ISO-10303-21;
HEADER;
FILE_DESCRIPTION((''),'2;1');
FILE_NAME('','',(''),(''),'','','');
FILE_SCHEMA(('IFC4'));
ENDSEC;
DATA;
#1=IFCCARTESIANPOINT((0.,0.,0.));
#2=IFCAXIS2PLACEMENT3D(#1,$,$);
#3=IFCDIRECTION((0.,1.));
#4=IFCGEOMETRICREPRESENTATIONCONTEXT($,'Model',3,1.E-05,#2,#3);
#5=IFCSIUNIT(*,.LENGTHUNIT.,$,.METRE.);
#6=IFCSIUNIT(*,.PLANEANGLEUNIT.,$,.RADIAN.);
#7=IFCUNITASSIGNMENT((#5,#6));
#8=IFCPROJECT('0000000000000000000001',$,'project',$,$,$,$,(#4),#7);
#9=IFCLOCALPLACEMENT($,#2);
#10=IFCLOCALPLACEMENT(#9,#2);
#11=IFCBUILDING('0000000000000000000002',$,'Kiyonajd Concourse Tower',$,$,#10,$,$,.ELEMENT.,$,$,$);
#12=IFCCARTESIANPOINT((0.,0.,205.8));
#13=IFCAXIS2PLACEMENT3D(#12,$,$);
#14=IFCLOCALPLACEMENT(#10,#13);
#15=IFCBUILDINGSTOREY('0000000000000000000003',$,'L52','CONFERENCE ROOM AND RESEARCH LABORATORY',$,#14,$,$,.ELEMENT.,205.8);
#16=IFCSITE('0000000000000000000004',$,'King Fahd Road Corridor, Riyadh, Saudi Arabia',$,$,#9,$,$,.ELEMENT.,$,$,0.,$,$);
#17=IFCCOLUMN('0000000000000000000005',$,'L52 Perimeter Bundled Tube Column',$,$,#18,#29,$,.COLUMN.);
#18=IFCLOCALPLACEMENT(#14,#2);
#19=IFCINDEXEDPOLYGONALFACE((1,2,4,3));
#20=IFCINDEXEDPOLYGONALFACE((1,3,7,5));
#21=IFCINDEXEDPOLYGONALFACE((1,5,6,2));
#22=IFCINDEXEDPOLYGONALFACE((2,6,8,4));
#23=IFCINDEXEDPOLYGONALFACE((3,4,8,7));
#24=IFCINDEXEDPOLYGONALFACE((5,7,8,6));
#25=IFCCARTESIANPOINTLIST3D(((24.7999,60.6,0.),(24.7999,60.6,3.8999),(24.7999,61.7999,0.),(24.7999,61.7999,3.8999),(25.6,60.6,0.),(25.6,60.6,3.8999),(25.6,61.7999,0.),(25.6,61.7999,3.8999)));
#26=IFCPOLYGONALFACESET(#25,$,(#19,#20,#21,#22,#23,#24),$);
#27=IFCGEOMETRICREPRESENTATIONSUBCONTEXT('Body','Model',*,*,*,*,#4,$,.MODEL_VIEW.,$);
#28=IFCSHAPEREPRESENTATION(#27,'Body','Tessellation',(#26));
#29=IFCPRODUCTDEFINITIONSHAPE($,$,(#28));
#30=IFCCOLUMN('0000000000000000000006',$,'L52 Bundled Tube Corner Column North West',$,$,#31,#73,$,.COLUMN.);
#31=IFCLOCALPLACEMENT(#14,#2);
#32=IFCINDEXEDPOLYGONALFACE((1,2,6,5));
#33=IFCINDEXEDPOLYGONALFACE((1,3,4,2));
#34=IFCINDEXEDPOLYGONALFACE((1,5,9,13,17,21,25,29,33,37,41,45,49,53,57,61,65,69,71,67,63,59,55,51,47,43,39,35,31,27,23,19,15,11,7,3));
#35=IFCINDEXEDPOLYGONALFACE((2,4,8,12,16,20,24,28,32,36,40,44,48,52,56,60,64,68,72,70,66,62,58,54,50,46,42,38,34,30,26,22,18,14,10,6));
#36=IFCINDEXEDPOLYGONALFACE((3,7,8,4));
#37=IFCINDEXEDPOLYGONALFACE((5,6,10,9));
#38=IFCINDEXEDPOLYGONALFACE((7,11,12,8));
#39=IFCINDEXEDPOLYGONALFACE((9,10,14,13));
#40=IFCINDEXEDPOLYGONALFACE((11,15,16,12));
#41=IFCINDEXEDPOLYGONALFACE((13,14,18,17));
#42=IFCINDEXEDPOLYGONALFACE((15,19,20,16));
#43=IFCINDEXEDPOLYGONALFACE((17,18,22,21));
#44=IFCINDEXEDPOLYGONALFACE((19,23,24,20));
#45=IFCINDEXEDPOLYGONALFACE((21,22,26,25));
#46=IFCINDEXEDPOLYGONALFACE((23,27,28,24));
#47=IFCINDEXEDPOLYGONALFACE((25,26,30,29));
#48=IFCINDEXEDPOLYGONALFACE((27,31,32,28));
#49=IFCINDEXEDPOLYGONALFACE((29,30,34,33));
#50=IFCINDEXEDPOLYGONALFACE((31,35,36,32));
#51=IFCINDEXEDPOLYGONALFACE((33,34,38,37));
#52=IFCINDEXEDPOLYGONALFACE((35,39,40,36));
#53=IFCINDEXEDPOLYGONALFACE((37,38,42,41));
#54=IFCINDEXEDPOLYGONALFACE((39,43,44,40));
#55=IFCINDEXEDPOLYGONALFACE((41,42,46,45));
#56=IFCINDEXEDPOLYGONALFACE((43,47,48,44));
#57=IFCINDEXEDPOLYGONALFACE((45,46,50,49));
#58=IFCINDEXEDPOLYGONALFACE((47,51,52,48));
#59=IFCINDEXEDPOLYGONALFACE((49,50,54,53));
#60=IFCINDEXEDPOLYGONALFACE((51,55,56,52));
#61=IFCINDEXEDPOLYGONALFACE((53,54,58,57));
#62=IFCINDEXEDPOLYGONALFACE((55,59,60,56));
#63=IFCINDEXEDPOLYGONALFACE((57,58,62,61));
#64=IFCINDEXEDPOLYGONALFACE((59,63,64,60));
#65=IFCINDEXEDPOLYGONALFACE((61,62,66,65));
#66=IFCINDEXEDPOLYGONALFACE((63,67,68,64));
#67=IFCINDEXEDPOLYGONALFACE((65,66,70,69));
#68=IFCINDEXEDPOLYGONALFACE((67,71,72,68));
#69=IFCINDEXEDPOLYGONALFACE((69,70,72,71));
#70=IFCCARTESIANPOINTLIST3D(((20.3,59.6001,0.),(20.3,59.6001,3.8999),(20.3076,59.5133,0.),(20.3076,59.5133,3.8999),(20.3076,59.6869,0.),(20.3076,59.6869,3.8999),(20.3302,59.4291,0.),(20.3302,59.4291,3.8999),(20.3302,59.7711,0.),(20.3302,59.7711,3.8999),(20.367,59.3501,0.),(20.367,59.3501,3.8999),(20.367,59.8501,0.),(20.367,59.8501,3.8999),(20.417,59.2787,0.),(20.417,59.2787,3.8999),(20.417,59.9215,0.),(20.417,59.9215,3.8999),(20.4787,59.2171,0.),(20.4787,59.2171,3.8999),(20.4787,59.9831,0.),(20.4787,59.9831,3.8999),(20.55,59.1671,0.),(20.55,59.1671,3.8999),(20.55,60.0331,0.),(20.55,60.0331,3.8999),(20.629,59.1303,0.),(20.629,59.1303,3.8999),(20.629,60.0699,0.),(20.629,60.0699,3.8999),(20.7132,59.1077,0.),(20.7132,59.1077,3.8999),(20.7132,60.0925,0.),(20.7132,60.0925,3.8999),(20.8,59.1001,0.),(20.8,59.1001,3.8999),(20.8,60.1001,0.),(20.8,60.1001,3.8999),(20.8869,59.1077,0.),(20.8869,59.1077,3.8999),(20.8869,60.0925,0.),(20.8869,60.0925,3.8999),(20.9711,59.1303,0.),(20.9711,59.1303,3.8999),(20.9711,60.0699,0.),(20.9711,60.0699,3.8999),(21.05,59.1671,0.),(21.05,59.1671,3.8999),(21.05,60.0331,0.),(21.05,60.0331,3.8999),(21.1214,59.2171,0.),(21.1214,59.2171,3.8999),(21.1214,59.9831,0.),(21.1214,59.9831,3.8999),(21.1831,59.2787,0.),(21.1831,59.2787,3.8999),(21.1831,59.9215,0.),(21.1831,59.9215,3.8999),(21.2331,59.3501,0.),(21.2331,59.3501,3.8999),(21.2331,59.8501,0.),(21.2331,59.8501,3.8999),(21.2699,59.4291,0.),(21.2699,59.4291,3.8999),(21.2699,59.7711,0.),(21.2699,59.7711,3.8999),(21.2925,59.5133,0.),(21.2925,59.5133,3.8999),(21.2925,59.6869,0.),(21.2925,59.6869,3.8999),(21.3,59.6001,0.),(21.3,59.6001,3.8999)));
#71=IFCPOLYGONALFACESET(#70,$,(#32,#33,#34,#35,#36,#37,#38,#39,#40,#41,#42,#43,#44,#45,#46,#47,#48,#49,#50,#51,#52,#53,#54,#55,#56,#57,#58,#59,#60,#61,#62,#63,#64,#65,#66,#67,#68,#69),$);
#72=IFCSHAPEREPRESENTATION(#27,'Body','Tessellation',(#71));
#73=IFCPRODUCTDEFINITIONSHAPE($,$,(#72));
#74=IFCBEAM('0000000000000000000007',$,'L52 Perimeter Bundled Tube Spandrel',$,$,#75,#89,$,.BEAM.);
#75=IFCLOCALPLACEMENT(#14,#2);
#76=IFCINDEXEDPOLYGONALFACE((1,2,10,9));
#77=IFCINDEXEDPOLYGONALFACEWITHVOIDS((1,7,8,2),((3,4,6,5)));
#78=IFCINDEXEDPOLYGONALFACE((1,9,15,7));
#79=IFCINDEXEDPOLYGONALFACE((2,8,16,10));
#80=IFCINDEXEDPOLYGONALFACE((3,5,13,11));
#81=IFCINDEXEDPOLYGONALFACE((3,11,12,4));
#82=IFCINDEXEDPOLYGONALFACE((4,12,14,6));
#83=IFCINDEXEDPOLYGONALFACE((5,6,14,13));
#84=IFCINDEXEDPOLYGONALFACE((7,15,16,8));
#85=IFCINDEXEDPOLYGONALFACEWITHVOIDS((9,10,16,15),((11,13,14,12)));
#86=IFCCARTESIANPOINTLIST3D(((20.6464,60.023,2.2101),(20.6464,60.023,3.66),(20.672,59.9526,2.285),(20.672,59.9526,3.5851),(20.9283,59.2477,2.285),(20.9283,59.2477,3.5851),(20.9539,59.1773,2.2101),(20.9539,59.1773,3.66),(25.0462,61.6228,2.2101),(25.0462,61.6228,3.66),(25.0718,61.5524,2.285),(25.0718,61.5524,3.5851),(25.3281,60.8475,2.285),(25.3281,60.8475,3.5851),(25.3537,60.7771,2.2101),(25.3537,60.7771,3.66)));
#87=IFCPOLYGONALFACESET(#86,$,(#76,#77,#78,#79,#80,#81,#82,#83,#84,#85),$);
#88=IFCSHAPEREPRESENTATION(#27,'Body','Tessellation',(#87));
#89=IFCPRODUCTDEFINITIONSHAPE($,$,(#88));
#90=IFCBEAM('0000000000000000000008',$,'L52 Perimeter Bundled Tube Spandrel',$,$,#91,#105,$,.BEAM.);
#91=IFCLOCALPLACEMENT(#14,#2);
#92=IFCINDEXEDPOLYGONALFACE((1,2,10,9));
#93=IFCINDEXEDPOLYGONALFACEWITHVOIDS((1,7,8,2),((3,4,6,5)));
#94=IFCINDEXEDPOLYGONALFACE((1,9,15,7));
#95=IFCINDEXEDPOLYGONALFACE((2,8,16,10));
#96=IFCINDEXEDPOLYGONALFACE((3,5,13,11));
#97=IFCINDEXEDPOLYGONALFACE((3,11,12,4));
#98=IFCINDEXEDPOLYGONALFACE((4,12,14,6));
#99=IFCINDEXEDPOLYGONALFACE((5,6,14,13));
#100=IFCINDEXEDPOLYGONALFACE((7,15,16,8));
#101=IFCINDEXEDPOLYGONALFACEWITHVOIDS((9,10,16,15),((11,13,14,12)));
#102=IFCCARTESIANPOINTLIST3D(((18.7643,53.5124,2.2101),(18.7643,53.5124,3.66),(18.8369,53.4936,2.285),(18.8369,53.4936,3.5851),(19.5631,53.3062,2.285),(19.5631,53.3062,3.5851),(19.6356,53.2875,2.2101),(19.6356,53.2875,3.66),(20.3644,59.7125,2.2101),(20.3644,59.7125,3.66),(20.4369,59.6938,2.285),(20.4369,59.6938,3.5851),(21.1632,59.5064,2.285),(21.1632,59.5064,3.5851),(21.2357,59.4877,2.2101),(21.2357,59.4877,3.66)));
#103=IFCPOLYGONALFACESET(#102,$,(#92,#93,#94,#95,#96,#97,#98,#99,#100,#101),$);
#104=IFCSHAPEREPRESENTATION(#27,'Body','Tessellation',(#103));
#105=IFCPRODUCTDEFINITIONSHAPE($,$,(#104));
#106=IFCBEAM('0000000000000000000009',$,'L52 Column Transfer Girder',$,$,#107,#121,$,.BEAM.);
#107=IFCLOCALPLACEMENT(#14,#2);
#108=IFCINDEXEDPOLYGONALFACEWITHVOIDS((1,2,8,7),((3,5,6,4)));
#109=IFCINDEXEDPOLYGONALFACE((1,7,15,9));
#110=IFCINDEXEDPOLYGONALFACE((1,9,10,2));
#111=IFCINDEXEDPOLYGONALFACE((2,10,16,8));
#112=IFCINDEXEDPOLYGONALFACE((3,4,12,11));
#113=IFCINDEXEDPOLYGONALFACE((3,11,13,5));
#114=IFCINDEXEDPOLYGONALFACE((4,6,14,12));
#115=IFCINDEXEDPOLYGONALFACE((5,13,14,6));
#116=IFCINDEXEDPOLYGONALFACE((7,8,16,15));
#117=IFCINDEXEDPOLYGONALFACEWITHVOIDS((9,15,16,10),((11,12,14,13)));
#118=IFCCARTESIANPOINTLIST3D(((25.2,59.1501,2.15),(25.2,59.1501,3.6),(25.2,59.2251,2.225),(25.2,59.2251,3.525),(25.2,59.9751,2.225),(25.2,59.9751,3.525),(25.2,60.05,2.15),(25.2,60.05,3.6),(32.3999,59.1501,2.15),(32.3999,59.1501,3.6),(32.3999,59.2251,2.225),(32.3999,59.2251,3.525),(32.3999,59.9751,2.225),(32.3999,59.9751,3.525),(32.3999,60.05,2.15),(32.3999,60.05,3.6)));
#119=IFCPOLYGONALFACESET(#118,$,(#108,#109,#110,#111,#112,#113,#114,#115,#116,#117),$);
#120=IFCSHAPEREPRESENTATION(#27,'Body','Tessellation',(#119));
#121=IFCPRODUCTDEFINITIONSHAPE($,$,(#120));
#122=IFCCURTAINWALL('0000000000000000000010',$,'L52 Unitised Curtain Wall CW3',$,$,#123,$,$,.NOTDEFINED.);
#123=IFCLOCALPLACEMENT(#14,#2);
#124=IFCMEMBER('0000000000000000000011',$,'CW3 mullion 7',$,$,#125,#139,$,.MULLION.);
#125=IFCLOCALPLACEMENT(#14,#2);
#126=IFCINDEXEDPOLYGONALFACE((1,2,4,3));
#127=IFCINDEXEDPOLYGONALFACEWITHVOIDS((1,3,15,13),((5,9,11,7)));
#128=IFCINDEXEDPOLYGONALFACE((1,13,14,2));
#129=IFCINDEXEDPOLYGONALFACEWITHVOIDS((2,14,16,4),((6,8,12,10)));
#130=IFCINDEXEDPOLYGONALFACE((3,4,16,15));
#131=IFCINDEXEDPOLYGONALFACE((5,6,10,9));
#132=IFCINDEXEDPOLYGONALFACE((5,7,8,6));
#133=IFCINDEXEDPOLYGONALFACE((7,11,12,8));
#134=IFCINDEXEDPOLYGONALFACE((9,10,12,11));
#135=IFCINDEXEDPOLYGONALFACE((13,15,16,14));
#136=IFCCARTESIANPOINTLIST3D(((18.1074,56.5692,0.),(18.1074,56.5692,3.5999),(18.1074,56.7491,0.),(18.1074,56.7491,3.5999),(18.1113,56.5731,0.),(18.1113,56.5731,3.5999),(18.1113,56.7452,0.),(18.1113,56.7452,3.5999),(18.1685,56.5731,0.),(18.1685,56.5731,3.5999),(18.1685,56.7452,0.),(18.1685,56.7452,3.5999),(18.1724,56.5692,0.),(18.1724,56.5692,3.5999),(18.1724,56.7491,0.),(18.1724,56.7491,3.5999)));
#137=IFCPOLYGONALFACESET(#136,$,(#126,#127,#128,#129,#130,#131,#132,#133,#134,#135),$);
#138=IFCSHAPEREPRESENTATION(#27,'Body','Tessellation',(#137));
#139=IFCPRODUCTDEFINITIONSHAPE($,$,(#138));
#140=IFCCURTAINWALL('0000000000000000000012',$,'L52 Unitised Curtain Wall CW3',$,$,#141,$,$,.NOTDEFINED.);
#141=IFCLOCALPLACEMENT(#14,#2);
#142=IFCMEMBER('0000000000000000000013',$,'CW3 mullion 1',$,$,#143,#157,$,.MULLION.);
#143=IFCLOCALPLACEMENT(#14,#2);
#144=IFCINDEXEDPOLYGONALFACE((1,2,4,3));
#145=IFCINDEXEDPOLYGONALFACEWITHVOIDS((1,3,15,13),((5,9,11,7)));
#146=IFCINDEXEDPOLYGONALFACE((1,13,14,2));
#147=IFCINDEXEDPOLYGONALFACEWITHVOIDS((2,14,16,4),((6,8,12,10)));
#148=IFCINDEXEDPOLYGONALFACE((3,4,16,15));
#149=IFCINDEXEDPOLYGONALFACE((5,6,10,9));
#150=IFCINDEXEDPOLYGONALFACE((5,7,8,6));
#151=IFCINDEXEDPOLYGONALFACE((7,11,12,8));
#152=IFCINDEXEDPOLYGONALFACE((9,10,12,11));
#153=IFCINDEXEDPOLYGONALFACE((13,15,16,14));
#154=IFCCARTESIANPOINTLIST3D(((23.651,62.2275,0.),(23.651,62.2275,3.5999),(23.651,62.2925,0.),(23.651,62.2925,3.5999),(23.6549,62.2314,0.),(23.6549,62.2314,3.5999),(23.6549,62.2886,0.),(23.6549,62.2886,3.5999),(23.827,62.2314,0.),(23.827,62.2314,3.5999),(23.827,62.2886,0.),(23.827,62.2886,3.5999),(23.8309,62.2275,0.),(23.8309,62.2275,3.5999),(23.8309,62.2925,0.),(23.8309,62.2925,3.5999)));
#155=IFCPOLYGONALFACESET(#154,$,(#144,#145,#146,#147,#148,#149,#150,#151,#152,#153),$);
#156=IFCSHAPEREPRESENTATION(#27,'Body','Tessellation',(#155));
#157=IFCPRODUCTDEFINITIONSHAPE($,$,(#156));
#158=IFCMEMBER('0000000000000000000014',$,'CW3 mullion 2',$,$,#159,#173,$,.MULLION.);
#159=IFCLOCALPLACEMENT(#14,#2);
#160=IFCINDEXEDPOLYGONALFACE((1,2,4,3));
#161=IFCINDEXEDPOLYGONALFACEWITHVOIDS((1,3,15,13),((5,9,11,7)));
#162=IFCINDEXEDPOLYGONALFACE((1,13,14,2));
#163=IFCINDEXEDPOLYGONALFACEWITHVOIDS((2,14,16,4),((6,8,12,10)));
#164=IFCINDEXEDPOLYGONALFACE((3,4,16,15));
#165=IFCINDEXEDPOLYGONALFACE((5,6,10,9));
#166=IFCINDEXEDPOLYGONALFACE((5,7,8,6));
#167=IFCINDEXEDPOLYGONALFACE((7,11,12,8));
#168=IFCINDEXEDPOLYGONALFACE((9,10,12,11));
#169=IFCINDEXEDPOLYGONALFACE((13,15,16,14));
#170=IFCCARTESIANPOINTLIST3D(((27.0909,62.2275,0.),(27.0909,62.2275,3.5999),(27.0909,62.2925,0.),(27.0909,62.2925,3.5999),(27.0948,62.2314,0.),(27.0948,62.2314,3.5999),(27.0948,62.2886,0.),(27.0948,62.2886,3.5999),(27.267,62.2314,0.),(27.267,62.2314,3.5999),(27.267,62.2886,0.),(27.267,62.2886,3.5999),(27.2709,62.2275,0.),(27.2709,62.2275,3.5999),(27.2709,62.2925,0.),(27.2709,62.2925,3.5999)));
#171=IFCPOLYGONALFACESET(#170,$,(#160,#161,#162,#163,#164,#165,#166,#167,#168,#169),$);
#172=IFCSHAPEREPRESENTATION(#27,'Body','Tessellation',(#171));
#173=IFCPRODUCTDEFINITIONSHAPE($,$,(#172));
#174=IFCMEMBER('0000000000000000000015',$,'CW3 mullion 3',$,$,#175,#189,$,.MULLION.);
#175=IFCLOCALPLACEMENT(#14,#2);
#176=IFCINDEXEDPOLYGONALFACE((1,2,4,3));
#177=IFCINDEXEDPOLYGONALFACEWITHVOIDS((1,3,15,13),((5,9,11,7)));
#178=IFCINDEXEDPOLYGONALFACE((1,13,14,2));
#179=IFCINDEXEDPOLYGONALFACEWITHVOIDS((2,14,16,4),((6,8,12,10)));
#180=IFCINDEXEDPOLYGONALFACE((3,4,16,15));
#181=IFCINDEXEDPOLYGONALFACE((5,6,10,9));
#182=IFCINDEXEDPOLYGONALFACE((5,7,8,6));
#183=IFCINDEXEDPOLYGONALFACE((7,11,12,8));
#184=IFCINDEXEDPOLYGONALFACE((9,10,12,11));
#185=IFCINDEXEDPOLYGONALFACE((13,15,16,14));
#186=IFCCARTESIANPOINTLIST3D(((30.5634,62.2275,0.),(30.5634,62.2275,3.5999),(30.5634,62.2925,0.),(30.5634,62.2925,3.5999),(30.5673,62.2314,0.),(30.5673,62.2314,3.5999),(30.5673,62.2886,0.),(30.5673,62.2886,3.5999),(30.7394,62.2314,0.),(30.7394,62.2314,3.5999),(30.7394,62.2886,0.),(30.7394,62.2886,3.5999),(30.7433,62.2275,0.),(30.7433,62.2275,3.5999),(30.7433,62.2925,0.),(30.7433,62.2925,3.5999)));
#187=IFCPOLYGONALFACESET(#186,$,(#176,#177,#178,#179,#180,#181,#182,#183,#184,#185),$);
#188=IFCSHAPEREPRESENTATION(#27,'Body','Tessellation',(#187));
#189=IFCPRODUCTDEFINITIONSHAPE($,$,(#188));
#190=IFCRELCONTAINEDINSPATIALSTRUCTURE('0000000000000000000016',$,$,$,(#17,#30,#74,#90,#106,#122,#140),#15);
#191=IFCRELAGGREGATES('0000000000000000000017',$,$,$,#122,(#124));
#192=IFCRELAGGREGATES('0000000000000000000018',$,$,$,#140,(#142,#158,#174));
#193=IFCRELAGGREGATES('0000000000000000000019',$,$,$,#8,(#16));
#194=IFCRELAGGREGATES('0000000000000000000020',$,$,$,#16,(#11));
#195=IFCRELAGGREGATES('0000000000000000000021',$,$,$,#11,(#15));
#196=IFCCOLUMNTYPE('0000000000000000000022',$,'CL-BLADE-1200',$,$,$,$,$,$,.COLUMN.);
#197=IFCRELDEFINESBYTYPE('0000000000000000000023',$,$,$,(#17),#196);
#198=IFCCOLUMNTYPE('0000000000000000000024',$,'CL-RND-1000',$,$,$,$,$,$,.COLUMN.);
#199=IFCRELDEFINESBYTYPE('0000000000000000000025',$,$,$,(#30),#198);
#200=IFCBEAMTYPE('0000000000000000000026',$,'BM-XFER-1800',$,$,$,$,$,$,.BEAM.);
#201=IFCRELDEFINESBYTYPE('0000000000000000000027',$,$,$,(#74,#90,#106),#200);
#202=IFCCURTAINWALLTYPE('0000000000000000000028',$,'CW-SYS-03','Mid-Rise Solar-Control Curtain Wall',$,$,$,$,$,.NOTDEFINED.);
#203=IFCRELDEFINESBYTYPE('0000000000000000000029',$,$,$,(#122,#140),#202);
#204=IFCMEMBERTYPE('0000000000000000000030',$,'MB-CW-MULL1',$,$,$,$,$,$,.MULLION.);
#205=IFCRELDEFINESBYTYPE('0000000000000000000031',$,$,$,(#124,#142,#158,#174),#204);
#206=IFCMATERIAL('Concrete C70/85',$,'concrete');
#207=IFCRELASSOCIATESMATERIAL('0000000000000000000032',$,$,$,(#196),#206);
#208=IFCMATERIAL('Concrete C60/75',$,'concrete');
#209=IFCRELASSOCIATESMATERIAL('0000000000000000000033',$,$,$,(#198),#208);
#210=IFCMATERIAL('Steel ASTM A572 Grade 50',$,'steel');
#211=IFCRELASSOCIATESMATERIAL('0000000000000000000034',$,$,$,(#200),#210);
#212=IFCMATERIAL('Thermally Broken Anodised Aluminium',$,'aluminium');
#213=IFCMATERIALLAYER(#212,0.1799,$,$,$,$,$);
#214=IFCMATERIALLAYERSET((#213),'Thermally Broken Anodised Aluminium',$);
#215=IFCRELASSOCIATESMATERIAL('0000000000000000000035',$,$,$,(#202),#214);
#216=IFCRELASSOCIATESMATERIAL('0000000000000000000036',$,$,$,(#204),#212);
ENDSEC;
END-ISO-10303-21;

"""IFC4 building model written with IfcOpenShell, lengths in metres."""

from ifc_helpers import new_model, si_unit, direction, frame, origin, origin_2d, place, context, subcontext, project, spatial, rectangle, hollow_rectangle, circle, extrude, material, layer, layer_set, material_profile, profile_set, type_object, element, aggregate, save


model = new_model("IFC4")

# Units and contexts
model_context = context("Model", 3, precision=1e-05, world=origin(), true_north=direction((0.0, 1.0)))
body_context = subcontext(model_context, "Body", "Model", "MODEL_VIEW")
ifc_project = project(units=[si_unit("LENGTHUNIT", "METRE"), si_unit("PLANEANGLEUNIT", "RADIAN")], contexts=[model_context])

# Site, building, storey
site_placement = place(None, origin())
site = spatial("IfcSite", under=ifc_project, at=site_placement, Name="King Fahd Road Corridor, Riyadh, Saudi Arabia", CompositionType="ELEMENT", RefElevation=0.0)
building_placement = place(site_placement, origin())
building = spatial("IfcBuilding", under=site, at=building_placement, Name="Kiyonajd Concourse Tower", CompositionType="ELEMENT")
storey_placement = place(building_placement, frame((0.0, 0.0, 205.8)))
storey = spatial("IfcBuildingStorey", under=building, at=storey_placement, Name="L52", Description="CONFERENCE ROOM AND RESEARCH LABORATORY", CompositionType="ELEMENT", Elevation=205.8)

# Columns
ifc_material_1 = material(Name="Concrete C70/85", Category="concrete")
ifc_material_profile_1 = material_profile(ifc_material_1, rectangle(XDim=0.8, YDim=1.2, at=origin_2d()), Name="RC-1200x800")
ifc_profile_set_1 = profile_set([ifc_material_profile_1], Name="Concrete C70/85")
column_type_1 = type_object("IfcColumnType", Name="CL-BLADE-1200", PredefinedType="COLUMN", material=ifc_profile_set_1)
column_1_placement = place(storey_placement, frame((25.2, 61.2, 0.0), z_axis=(0.0, 0.0, 1.0), x_axis=(1.0, 0.0, 0.0)))
element("IfcColumn", 1, at=column_1_placement, inside=storey, type_object=column_type_1, Name="L52 Perimeter Bundled Tube Column", PredefinedType="COLUMN", context=body_context, shape_type="SweptSolid", body=[
    extrude(rectangle(XDim=0.8, YDim=1.2, at=origin_2d()), origin(), (0.0, 0.0, 1.0), 3.8999),
])
ifc_material_2 = material(Name="Concrete C60/75", Category="concrete")
ifc_material_profile_2 = material_profile(ifc_material_2, circle(Radius=0.5, at=origin_2d()), Name="RCC-D1000")
ifc_profile_set_2 = profile_set([ifc_material_profile_2], Name="Concrete C60/75")
column_type_2 = type_object("IfcColumnType", Name="CL-RND-1000", PredefinedType="COLUMN", material=ifc_profile_set_2)
column_2_placement = place(storey_placement, frame((20.8, 59.6001, 0.0), z_axis=(0.0, 0.0, 1.0), x_axis=(1.0, 0.0, 0.0)))
element("IfcColumn", 2, at=column_2_placement, inside=storey, type_object=column_type_2, Name="L52 Bundled Tube Corner Column North West", PredefinedType="COLUMN", context=body_context, shape_type="SweptSolid", body=[
    extrude(circle(Radius=0.5, at=origin_2d()), origin(), (0.0, 0.0, 1.0), 3.8999),
])

# Beams
ifc_material_3 = material(Name="Steel ASTM A572 Grade 50", Category="steel")
ifc_material_profile_3 = material_profile(ifc_material_3, hollow_rectangle(XDim=0.8999, YDim=1.45, WallThickness=0.075, at=origin_2d()), Name="BOX-1450x900x75")
ifc_profile_set_3 = profile_set([ifc_material_profile_3], Name="Steel ASTM A572 Grade 50")
beam_type = type_object("IfcBeamType", Name="BM-XFER-1800", PredefinedType="BEAM", material=ifc_profile_set_3)
beam_1_placement = place(storey_placement, frame((25.2, 61.2, 2.9351), z_axis=(-0.939801, -0.341722, 0.0), x_axis=(0.341722, -0.939801, 0.0)))
element("IfcBeam", 3, at=beam_1_placement, inside=storey, type_object=beam_type, Name="L52 Perimeter Bundled Tube Spandrel", PredefinedType="BEAM", context=body_context, shape_type="SweptSolid", body=[
    extrude(hollow_rectangle(XDim=0.8999, YDim=1.45, WallThickness=0.075, at=origin_2d()), origin(), (0.0, 0.0, 1.0), 4.6816),
])
beam_2_placement = place(storey_placement, frame((20.8, 59.6001, 2.9351), z_axis=(-0.249885, -0.968276, 0.0), x_axis=(0.968276, -0.249885, 0.0)))
element("IfcBeam", 4, at=beam_2_placement, inside=storey, type_object=beam_type, Name="L52 Perimeter Bundled Tube Spandrel", PredefinedType="BEAM", context=body_context, shape_type="SweptSolid", body=[
    extrude(hollow_rectangle(XDim=0.8999, YDim=1.45, WallThickness=0.075, at=origin_2d()), origin(), (0.0, 0.0, 1.0), 6.4033),
])
beam_3_placement = place(storey_placement, frame((25.2, 59.6001, 2.875), z_axis=(1.0, 0.0, 0.0), x_axis=(0.0, 1.0, 0.0)))
element("IfcBeam", 5, at=beam_3_placement, inside=storey, type_object=beam_type, Name="L52 Column Transfer Girder", PredefinedType="BEAM", context=body_context, shape_type="SweptSolid", body=[
    extrude(hollow_rectangle(XDim=0.8999, YDim=1.45, WallThickness=0.075, at=origin_2d()), origin(), (0.0, 0.0, 1.0), 7.2),
])

# Curtain wall, member
ifc_material_4 = material(Name="Thermally Broken Anodised Aluminium", Category="aluminium")
ifc_layer_1 = layer(ifc_material_4, 0.1799)
ifc_layer_set_1 = layer_set([ifc_layer_1], Name="Thermally Broken Anodised Aluminium")
curtain_wall_type = type_object("IfcCurtainWallType", Name="CW-SYS-03", Description="Mid-Rise Solar-Control Curtain Wall", PredefinedType="NOTDEFINED", material=ifc_layer_set_1)
curtain_wall_1_placement = place(storey_placement, origin())
curtain_wall_1 = element("IfcCurtainWall", 6, at=curtain_wall_1_placement, inside=storey, type_object=curtain_wall_type, Name="L52 Unitised Curtain Wall CW3", PredefinedType="NOTDEFINED")
ifc_material_profile_4 = material_profile(ifc_material_4, hollow_rectangle(XDim=0.0649, YDim=0.1799, WallThickness=0.0039, at=origin_2d()), Name="MULL-65x180")
ifc_profile_set_4 = profile_set([ifc_material_profile_4], Name="Thermally Broken Anodised Aluminium")
member_type_1 = type_object("IfcMemberType", Name="MB-CW-MULL1", PredefinedType="MULLION", material=ifc_profile_set_4)
member_1_placement = place(storey_placement, frame((18.1399, 56.6592, 0.0), z_axis=(0.0, 0.0, 1.0), x_axis=(-1.0, 0.0, 0.0)))
member_1 = element("IfcMember", 7, at=member_1_placement, type_object=member_type_1, Name="CW3 mullion 7", PredefinedType="MULLION", context=body_context, shape_type="SweptSolid", body=[
    extrude(hollow_rectangle(XDim=0.0649, YDim=0.1799, WallThickness=0.0039, at=origin_2d()), origin(), (0.0, 0.0, 1.0), 3.5999),
])

# Curtain wall, members
curtain_wall_2_placement = place(storey_placement, origin())
curtain_wall_2 = element("IfcCurtainWall", 8, at=curtain_wall_2_placement, inside=storey, type_object=curtain_wall_type, Name="L52 Unitised Curtain Wall CW3", PredefinedType="NOTDEFINED")
member_2_placement = place(storey_placement, frame((23.741, 62.26, 0.0), z_axis=(0.0, 0.0, 1.0), x_axis=(0.0, 1.0, 0.0)))
member_2 = element("IfcMember", 9, at=member_2_placement, type_object=member_type_1, Name="CW3 mullion 1", PredefinedType="MULLION", context=body_context, shape_type="SweptSolid", body=[
    extrude(hollow_rectangle(XDim=0.0649, YDim=0.1799, WallThickness=0.0039, at=origin_2d()), origin(), (0.0, 0.0, 1.0), 3.5999),
])
member_3_placement = place(storey_placement, frame((27.1809, 62.26, 0.0), z_axis=(0.0, 0.0, 1.0), x_axis=(0.0, 1.0, 0.0)))
member_3 = element("IfcMember", 10, at=member_3_placement, type_object=member_type_1, Name="CW3 mullion 2", PredefinedType="MULLION", context=body_context, shape_type="SweptSolid", body=[
    extrude(hollow_rectangle(XDim=0.0649, YDim=0.1799, WallThickness=0.0039, at=origin_2d()), origin(), (0.0, 0.0, 1.0), 3.5999),
])
member_4_placement = place(storey_placement, frame((30.6533, 62.26, 0.0), z_axis=(0.0, 0.0, 1.0), x_axis=(0.0, 1.0, 0.0)))
member_4 = element("IfcMember", 11, at=member_4_placement, type_object=member_type_1, Name="CW3 mullion 3", PredefinedType="MULLION", context=body_context, shape_type="SweptSolid", body=[
    extrude(hollow_rectangle(XDim=0.0649, YDim=0.1799, WallThickness=0.0039, at=origin_2d()), origin(), (0.0, 0.0, 1.0), 3.5999),
])

aggregate(curtain_wall_1, [member_1])
aggregate(curtain_wall_2, [member_2, member_3, member_4])

save(model, "model.ifc")
